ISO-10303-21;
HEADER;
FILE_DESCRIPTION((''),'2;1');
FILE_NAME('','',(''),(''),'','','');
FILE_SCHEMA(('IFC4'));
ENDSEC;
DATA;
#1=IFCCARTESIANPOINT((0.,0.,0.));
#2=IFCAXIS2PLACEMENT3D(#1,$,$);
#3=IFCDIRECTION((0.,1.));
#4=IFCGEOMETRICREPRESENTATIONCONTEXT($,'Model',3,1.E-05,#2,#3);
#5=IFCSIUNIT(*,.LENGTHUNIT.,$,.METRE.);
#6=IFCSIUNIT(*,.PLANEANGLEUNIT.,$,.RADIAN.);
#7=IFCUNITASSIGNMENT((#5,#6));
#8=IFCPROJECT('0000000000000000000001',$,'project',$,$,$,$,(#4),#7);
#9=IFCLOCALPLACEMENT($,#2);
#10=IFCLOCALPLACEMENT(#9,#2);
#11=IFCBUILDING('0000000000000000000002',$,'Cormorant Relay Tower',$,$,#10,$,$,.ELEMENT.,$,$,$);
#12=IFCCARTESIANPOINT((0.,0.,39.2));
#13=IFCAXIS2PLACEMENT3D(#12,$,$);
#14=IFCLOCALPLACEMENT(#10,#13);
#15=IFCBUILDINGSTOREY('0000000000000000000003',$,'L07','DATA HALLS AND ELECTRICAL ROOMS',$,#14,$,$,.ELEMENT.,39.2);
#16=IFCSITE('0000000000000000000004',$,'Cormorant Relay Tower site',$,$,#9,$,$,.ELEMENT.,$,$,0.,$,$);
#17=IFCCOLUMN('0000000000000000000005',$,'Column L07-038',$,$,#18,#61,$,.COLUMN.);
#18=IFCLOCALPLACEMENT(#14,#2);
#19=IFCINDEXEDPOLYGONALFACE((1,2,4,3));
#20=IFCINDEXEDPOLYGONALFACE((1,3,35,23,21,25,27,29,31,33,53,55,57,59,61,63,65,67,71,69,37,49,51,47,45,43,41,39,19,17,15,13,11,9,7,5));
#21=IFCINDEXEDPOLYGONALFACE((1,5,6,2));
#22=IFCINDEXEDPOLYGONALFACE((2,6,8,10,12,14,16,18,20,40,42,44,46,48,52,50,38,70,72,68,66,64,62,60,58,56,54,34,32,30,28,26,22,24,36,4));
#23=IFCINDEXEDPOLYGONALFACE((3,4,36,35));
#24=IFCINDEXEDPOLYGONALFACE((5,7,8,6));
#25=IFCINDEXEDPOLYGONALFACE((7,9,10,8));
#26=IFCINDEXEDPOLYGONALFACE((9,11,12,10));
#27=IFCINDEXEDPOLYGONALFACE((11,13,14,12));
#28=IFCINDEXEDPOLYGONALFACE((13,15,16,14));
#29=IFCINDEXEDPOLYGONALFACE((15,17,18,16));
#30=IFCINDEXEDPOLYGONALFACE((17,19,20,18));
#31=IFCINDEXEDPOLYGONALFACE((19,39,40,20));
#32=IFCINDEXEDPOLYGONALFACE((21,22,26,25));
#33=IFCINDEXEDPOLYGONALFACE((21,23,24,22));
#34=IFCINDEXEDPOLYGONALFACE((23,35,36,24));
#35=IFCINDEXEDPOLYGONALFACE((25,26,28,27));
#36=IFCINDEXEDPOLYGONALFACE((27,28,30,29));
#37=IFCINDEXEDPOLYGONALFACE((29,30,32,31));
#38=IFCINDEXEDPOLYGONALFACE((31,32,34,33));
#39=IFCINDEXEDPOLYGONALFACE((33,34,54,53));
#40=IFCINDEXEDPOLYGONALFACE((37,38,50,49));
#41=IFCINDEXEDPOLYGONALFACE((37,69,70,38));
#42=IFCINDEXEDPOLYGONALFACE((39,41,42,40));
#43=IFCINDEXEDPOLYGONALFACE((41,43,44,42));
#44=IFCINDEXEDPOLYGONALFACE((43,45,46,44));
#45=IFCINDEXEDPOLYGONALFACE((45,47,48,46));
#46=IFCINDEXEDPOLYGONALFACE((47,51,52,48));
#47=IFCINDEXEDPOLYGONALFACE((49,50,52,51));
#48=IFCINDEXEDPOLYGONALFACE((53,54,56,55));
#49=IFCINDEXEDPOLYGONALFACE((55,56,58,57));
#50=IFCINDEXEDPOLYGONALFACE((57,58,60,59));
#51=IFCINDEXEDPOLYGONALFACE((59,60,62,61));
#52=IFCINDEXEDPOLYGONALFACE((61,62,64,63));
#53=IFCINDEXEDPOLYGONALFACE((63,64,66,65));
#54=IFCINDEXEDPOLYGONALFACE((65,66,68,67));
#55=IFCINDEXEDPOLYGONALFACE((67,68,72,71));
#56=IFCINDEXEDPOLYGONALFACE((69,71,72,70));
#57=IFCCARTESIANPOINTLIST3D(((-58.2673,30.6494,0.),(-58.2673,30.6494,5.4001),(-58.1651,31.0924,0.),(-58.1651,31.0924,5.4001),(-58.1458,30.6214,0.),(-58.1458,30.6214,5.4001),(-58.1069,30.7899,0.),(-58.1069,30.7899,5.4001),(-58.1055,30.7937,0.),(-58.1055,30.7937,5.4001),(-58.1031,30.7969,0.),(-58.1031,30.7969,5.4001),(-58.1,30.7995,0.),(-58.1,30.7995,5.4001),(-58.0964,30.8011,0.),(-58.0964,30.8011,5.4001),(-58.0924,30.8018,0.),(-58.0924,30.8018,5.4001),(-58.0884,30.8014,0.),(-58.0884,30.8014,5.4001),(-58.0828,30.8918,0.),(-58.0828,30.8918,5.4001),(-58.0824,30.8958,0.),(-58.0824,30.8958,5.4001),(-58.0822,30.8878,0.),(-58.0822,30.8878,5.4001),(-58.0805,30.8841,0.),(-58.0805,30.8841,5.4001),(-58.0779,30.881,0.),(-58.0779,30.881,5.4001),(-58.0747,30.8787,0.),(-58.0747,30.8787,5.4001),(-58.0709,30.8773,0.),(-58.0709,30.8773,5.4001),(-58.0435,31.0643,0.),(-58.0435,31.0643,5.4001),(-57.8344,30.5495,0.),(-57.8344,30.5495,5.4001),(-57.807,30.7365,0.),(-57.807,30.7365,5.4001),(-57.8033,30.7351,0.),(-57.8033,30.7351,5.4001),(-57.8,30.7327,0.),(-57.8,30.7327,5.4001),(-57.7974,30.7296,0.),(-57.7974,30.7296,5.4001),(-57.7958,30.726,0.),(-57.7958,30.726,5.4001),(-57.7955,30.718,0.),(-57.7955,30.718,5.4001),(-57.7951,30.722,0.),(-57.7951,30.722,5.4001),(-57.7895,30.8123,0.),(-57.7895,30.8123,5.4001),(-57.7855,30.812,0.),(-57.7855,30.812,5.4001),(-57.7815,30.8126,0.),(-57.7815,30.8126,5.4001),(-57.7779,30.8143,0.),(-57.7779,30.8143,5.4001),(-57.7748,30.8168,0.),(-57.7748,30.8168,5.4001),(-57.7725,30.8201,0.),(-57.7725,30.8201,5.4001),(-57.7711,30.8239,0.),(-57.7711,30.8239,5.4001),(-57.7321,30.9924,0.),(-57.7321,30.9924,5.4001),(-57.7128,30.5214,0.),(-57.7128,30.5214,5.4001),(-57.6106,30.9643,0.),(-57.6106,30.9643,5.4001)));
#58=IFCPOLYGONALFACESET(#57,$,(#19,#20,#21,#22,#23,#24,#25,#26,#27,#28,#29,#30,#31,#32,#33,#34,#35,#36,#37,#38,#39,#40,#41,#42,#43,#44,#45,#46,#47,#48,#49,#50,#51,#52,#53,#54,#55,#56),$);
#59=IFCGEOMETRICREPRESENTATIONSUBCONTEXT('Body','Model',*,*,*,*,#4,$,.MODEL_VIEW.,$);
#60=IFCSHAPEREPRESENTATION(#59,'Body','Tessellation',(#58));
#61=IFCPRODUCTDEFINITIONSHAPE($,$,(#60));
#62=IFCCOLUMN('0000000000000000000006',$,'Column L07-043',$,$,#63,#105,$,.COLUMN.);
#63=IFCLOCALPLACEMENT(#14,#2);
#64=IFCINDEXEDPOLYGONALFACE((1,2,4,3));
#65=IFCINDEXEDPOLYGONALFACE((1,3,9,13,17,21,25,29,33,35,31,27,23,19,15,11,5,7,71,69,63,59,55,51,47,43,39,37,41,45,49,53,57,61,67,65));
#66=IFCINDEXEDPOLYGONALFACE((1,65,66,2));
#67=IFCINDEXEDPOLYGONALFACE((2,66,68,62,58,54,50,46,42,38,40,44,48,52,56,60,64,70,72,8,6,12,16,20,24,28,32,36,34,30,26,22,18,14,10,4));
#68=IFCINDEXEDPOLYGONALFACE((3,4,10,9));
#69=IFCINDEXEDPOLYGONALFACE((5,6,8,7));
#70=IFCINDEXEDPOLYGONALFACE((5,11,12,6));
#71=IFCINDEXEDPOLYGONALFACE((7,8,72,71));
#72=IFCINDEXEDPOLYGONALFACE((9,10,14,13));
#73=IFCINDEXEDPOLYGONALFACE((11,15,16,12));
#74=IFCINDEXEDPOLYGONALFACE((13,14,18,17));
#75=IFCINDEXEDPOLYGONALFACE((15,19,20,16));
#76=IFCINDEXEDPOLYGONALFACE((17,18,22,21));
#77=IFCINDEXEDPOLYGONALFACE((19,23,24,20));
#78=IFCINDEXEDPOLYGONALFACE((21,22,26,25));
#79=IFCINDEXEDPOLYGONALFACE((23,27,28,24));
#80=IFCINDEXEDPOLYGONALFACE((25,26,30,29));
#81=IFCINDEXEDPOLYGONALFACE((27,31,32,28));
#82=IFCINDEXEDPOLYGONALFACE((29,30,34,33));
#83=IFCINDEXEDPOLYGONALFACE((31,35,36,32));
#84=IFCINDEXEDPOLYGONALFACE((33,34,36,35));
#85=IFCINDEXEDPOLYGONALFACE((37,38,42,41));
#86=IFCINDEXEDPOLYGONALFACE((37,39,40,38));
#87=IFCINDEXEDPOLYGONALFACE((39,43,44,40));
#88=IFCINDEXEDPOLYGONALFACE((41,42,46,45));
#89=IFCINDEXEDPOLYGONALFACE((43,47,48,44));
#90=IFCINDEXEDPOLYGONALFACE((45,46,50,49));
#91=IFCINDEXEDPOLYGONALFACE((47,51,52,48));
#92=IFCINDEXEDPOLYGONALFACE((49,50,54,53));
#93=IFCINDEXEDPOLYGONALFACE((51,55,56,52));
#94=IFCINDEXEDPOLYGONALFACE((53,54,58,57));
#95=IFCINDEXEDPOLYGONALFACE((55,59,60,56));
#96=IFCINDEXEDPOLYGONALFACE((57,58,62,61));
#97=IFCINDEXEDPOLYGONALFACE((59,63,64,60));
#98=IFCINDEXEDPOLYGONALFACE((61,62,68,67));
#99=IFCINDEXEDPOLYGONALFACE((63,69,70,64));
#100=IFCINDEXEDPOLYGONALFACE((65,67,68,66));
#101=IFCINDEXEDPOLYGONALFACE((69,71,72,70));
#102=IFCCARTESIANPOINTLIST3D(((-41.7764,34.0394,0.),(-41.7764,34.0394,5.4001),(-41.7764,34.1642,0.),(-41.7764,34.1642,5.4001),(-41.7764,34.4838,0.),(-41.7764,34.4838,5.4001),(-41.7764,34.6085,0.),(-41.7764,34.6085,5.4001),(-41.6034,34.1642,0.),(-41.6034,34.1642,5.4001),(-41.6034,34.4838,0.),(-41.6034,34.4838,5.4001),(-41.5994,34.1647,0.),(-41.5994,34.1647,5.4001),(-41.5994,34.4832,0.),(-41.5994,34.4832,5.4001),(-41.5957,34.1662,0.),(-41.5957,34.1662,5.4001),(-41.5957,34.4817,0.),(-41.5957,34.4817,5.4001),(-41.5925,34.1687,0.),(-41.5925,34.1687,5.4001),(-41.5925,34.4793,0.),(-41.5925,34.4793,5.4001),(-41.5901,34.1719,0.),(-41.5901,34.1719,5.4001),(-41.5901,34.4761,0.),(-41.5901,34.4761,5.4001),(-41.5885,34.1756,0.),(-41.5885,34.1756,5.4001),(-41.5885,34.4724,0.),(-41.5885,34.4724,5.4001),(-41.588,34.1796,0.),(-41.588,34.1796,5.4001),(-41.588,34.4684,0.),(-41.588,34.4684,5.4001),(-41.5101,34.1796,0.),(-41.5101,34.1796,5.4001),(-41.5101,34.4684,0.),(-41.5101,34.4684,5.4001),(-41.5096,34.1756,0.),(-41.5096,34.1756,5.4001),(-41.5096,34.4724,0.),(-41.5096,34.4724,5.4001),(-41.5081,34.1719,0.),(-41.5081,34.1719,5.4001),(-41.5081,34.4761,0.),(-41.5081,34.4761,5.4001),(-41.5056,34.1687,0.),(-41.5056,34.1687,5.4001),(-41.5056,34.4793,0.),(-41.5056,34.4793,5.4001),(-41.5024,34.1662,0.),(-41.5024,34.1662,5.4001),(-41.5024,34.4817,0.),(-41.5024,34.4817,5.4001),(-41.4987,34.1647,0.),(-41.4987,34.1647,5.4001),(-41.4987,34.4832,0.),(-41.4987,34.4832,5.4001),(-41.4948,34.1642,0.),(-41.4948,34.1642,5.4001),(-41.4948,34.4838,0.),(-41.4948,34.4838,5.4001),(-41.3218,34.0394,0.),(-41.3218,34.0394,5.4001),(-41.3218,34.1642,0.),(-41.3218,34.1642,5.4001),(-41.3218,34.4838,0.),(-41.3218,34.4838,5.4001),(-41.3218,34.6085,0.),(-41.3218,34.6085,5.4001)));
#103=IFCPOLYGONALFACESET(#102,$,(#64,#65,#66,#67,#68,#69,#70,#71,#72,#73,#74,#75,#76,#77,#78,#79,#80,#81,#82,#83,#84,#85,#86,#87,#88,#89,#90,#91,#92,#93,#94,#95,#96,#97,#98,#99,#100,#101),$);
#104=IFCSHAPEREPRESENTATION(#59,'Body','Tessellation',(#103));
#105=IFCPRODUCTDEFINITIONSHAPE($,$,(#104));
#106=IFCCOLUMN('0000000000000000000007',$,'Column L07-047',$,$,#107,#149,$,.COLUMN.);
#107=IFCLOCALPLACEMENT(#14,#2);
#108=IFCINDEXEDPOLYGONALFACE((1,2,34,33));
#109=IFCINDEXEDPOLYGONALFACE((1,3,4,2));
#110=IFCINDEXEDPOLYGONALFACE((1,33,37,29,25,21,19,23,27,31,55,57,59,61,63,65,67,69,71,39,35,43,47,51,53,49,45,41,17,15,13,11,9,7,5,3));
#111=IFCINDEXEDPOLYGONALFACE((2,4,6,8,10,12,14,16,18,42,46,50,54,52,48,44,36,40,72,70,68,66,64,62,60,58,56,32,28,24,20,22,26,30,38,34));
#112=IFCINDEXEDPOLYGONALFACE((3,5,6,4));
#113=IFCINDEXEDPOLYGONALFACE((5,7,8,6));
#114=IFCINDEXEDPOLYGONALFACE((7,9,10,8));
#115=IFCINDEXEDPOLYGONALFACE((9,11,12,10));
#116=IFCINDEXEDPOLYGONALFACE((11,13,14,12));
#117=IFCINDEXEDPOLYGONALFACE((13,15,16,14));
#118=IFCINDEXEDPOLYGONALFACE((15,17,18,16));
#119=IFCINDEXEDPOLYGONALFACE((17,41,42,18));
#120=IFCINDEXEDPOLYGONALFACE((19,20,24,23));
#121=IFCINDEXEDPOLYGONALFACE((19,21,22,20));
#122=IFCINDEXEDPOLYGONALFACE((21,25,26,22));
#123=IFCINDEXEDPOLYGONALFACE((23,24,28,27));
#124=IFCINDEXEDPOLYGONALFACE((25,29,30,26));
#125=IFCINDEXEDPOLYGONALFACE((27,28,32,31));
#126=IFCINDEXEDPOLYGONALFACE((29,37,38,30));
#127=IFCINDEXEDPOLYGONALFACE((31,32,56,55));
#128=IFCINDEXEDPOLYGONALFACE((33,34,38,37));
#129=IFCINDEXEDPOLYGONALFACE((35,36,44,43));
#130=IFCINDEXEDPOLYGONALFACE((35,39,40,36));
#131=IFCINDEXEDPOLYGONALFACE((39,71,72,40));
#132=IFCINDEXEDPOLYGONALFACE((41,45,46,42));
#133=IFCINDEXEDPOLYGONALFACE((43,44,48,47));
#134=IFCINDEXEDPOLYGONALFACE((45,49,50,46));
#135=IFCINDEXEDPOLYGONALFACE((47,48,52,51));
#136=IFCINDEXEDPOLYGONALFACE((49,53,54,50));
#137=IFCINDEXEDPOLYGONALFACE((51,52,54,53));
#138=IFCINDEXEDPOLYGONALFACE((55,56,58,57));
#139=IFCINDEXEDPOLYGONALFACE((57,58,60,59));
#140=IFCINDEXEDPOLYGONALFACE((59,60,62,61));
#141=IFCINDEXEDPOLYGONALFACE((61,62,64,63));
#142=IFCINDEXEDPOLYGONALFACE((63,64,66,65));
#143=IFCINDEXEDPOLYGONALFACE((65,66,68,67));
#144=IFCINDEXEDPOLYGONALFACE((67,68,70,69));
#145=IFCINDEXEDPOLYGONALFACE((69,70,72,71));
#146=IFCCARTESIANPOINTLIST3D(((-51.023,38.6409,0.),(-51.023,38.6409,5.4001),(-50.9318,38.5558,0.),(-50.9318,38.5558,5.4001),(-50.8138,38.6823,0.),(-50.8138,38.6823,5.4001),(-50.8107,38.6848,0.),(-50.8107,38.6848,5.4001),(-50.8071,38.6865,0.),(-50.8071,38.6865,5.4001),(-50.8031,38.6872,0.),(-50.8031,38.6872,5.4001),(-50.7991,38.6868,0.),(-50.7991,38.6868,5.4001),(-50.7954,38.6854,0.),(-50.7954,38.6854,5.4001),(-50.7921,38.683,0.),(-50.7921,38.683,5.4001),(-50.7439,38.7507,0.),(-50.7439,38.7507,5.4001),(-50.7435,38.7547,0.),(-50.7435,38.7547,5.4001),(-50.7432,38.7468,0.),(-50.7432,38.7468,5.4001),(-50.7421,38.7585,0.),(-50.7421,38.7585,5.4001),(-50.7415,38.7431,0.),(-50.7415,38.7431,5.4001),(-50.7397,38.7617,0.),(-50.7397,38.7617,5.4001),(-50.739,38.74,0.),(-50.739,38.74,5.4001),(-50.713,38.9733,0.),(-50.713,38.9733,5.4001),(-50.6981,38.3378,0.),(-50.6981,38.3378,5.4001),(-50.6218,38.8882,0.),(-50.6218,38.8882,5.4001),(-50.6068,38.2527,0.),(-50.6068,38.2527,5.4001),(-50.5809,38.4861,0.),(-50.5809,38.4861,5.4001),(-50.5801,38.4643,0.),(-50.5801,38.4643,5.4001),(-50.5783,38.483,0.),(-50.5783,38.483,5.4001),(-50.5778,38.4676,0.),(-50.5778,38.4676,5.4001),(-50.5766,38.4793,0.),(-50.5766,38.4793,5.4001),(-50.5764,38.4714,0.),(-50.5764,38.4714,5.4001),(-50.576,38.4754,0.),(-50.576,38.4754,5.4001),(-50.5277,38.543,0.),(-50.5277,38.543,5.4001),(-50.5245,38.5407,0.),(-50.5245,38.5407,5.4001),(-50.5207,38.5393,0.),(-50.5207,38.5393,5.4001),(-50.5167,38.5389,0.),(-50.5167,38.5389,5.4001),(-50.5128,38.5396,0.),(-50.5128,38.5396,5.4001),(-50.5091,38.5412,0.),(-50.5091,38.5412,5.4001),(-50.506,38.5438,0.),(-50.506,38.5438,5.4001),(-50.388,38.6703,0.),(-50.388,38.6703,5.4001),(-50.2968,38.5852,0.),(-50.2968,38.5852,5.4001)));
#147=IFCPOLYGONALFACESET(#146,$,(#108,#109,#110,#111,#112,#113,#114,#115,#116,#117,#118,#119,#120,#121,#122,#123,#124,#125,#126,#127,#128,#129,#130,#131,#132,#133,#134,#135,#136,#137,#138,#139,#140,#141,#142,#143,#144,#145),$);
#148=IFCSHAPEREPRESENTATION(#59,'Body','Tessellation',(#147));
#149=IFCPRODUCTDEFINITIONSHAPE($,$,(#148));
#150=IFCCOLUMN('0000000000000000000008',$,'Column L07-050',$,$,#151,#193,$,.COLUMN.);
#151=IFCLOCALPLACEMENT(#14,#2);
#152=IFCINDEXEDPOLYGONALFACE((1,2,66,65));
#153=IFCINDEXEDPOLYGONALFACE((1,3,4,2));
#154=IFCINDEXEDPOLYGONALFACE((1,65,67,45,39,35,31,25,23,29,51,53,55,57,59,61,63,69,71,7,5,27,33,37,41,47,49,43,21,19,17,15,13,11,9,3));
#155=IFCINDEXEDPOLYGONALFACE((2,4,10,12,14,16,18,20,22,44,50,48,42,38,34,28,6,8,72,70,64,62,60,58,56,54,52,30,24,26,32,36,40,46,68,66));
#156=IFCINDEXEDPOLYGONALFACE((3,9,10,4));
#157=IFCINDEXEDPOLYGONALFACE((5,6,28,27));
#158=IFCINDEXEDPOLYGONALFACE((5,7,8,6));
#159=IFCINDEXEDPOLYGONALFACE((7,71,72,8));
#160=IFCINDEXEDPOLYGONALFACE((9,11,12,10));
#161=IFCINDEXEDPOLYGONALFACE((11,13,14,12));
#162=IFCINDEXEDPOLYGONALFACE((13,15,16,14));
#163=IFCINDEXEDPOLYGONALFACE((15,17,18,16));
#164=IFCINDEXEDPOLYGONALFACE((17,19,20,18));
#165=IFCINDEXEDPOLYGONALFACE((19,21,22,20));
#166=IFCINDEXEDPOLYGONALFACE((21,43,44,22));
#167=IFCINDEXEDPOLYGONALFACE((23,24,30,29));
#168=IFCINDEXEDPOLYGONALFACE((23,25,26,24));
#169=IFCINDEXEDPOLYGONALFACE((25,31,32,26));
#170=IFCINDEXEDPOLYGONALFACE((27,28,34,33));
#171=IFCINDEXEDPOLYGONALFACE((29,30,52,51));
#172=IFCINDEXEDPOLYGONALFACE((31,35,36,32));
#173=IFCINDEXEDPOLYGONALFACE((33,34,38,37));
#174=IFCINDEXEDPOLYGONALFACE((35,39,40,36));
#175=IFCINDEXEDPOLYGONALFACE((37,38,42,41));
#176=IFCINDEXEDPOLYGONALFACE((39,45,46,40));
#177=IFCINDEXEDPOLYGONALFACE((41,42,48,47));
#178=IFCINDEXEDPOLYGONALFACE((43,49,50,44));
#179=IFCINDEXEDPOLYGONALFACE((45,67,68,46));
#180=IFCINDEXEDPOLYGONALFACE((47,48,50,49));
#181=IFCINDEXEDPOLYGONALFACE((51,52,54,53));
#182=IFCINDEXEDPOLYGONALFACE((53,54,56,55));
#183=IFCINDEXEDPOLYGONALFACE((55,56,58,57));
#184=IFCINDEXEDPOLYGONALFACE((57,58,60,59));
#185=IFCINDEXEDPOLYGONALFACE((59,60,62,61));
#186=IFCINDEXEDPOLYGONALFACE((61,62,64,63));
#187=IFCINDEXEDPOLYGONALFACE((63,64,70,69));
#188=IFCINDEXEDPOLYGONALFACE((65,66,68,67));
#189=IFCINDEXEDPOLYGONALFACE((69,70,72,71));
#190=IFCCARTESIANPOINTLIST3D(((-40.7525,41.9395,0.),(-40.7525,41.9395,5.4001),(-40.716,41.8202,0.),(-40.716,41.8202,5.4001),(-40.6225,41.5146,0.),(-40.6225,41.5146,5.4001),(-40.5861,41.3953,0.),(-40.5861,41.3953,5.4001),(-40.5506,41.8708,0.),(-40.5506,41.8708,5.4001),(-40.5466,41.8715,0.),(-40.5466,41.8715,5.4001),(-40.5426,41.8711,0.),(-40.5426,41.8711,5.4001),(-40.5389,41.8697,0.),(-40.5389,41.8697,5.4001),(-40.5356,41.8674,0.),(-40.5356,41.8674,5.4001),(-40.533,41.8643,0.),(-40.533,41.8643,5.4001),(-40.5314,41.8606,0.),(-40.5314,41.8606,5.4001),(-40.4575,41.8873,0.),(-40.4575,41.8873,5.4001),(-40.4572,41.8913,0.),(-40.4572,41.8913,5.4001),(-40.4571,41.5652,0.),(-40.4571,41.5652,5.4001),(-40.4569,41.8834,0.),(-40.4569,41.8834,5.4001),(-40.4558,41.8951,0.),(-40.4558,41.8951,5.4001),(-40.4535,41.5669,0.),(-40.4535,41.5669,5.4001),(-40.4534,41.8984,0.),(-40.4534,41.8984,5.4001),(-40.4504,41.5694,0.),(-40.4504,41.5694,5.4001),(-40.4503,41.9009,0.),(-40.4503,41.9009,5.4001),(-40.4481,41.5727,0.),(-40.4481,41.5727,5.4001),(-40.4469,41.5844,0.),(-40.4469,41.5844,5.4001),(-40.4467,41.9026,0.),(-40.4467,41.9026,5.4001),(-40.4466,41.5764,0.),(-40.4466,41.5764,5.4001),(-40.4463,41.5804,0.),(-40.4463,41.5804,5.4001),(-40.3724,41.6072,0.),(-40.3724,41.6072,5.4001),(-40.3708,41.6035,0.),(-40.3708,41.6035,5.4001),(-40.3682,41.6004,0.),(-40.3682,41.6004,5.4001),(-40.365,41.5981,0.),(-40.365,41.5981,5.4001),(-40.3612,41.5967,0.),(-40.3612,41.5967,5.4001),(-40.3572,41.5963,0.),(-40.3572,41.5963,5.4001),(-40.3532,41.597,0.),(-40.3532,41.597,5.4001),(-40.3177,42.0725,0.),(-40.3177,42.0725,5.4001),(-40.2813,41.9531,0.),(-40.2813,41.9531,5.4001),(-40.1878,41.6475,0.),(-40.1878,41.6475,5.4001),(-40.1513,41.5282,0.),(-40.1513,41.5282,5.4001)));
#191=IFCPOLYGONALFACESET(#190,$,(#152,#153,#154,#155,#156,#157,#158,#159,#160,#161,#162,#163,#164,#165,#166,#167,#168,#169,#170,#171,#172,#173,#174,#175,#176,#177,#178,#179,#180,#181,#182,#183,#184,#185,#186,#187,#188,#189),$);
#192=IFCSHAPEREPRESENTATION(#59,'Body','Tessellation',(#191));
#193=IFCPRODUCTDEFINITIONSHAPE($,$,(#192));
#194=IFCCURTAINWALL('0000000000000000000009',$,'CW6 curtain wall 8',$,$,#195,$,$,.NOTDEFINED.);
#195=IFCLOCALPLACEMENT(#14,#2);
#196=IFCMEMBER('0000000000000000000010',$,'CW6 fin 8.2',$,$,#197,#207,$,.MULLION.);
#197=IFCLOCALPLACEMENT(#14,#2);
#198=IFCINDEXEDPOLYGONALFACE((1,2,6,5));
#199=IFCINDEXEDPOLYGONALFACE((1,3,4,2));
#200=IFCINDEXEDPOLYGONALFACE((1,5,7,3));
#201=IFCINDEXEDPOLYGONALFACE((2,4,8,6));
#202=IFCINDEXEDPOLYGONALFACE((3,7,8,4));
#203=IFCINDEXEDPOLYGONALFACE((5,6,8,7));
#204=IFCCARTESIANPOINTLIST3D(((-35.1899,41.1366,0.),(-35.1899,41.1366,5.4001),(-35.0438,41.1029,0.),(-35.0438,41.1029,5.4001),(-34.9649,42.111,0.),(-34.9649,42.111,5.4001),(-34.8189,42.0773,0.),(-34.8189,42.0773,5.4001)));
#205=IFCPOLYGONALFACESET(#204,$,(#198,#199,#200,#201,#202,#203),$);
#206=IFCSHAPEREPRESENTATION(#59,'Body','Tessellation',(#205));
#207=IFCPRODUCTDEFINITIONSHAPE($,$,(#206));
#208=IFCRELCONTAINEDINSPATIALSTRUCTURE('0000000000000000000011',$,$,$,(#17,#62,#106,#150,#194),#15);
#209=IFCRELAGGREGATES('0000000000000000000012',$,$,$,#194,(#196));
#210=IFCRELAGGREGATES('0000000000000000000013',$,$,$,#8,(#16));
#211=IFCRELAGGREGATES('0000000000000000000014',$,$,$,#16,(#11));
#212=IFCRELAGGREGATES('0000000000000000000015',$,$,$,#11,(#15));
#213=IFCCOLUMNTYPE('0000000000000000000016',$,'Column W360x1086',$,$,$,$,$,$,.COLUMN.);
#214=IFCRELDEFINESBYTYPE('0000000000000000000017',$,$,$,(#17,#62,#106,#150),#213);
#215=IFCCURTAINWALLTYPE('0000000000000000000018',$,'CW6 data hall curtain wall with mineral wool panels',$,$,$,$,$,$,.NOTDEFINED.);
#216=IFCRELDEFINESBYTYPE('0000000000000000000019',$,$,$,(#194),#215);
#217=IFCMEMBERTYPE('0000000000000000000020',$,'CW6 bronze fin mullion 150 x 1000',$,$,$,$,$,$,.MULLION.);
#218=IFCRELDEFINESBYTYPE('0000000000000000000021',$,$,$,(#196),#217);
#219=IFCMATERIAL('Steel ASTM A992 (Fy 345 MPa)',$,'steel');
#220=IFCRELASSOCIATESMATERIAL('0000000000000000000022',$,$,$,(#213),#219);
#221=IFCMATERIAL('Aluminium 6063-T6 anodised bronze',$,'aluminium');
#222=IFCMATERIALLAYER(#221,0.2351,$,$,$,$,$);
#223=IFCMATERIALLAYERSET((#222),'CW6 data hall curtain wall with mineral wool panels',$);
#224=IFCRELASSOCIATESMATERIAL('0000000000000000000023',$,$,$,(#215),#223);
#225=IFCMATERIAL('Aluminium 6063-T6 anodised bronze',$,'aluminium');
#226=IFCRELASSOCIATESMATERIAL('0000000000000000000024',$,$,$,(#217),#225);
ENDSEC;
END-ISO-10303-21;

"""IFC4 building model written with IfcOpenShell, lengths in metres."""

from ifc_helpers import new_model, si_unit, direction, frame, origin, origin_2d, place, context, subcontext, project, spatial, rectangle, i_section, extrude, material, layer, layer_set, material_profile, profile_set, type_object, element, aggregate, save


model = new_model("IFC4")

# Units and contexts
model_context = context("Model", 3, precision=1e-05, world=origin(), true_north=direction((0.0, 1.0)))
body_context = subcontext(model_context, "Body", "Model", "MODEL_VIEW")
ifc_project = project(units=[si_unit("LENGTHUNIT", "METRE"), si_unit("PLANEANGLEUNIT", "RADIAN")], contexts=[model_context])

# Site, building, storey
site_placement = place(None, origin())
site = spatial("IfcSite", under=ifc_project, at=site_placement, Name="Cormorant Relay Tower site", CompositionType="ELEMENT", RefElevation=0.0)
building_placement = place(site_placement, origin())
building = spatial("IfcBuilding", under=site, at=building_placement, Name="Cormorant Relay Tower", CompositionType="ELEMENT")
storey_placement = place(building_placement, frame((0.0, 0.0, 39.2)))
storey = spatial("IfcBuildingStorey", under=building, at=storey_placement, Name="L07", Description="DATA HALLS AND ELECTRICAL ROOMS", CompositionType="ELEMENT", Elevation=39.2)

# Columns
ifc_material_1 = material(Name="Steel ASTM A992 (Fy 345 MPa)", Category="steel")
ifc_material_profile_1 = material_profile(ifc_material_1, i_section(OverallWidth=0.4546, OverallDepth=0.5691, WebThickness=0.0779, FlangeThickness=0.1248, FilletRadius=0.0154, at=origin_2d()), Name="W360x1086")
ifc_profile_set_1 = profile_set([ifc_material_profile_1], Name="Steel ASTM A992 (Fy 345 MPa)")
column_type = type_object("IfcColumnType", Name="Column W360x1086", PredefinedType="COLUMN", material=ifc_profile_set_1)
for number, where, z_axis, x_axis, name in (
    (1, (-57.939, 30.8069, 0.0), (0.0, 0.0, 1.0), (-0.224951, -0.97437, 0.0), "Column L07-038"),
    (2, (-41.5491, 34.324, 0.0), (0.0, 0.0, 1.0), (1.0, 0.0, 0.0), "Column L07-043"),
    (3, (-50.6599, 38.613, 0.0), (0.0, 0.0, 1.0), (-0.681998, -0.731354, 0.0), "Column L07-047"),
    (4, (-40.4519, 41.7339, 0.0), (0.0, 0.0, 1.0), (-0.956305, -0.292372, 0.0), "Column L07-050"),
):
    element("IfcColumn", number, at=place(storey_placement, frame(where, z_axis=z_axis, x_axis=x_axis)), inside=storey, type_object=column_type, Name=name, PredefinedType="COLUMN", context=body_context, shape_type="SweptSolid", body=[
        extrude(i_section(OverallWidth=0.4546, OverallDepth=0.5691, WebThickness=0.0779, FlangeThickness=0.1248, FilletRadius=0.0154, at=origin_2d()), origin(), (0.0, 0.0, 1.0), 5.4001),
    ])

# Curtain wall, member
ifc_material_2 = material(Name="Aluminium 6063-T6 anodised bronze", Category="aluminium")
ifc_layer_1 = layer(ifc_material_2, 0.2351)
ifc_layer_set_1 = layer_set([ifc_layer_1], Name="CW6 data hall curtain wall with mineral wool panels")
curtain_wall_type = type_object("IfcCurtainWallType", Name="CW6 data hall curtain wall with mineral wool panels", PredefinedType="NOTDEFINED", material=ifc_layer_set_1)
curtain_wall_1_placement = place(storey_placement, origin())
curtain_wall_1 = element("IfcCurtainWall", 5, at=curtain_wall_1_placement, inside=storey, type_object=curtain_wall_type, Name="CW6 curtain wall 8", PredefinedType="NOTDEFINED")
ifc_material_3 = material(Name="Aluminium 6063-T6 anodised bronze", Category="aluminium")
ifc_material_profile_2 = material_profile(ifc_material_3, rectangle(XDim=0.1499, YDim=1.0, at=origin_2d()), Name="AL 150x1000")
ifc_profile_set_2 = profile_set([ifc_material_profile_2], Name="Aluminium 6063-T6 anodised bronze")
member_type_1 = type_object("IfcMemberType", Name="CW6 bronze fin mullion 150 x 1000", PredefinedType="MULLION", material=ifc_profile_set_2)
member_1_placement = place(storey_placement, frame((-35.0044, 41.6069, 0.0), z_axis=(0.0, 0.0, 1.0), x_axis=(-0.97437, 0.224951, 0.0)))
member_1 = element("IfcMember", 6, at=member_1_placement, type_object=member_type_1, Name="CW6 fin 8.2", PredefinedType="MULLION", context=body_context, shape_type="SweptSolid", body=[
    extrude(rectangle(XDim=0.1499, YDim=1.0, at=origin_2d()), origin(), (0.0, 0.0, 1.0), 5.4001),
])

aggregate(curtain_wall_1, [member_1])

save(model, "model.ifc")
